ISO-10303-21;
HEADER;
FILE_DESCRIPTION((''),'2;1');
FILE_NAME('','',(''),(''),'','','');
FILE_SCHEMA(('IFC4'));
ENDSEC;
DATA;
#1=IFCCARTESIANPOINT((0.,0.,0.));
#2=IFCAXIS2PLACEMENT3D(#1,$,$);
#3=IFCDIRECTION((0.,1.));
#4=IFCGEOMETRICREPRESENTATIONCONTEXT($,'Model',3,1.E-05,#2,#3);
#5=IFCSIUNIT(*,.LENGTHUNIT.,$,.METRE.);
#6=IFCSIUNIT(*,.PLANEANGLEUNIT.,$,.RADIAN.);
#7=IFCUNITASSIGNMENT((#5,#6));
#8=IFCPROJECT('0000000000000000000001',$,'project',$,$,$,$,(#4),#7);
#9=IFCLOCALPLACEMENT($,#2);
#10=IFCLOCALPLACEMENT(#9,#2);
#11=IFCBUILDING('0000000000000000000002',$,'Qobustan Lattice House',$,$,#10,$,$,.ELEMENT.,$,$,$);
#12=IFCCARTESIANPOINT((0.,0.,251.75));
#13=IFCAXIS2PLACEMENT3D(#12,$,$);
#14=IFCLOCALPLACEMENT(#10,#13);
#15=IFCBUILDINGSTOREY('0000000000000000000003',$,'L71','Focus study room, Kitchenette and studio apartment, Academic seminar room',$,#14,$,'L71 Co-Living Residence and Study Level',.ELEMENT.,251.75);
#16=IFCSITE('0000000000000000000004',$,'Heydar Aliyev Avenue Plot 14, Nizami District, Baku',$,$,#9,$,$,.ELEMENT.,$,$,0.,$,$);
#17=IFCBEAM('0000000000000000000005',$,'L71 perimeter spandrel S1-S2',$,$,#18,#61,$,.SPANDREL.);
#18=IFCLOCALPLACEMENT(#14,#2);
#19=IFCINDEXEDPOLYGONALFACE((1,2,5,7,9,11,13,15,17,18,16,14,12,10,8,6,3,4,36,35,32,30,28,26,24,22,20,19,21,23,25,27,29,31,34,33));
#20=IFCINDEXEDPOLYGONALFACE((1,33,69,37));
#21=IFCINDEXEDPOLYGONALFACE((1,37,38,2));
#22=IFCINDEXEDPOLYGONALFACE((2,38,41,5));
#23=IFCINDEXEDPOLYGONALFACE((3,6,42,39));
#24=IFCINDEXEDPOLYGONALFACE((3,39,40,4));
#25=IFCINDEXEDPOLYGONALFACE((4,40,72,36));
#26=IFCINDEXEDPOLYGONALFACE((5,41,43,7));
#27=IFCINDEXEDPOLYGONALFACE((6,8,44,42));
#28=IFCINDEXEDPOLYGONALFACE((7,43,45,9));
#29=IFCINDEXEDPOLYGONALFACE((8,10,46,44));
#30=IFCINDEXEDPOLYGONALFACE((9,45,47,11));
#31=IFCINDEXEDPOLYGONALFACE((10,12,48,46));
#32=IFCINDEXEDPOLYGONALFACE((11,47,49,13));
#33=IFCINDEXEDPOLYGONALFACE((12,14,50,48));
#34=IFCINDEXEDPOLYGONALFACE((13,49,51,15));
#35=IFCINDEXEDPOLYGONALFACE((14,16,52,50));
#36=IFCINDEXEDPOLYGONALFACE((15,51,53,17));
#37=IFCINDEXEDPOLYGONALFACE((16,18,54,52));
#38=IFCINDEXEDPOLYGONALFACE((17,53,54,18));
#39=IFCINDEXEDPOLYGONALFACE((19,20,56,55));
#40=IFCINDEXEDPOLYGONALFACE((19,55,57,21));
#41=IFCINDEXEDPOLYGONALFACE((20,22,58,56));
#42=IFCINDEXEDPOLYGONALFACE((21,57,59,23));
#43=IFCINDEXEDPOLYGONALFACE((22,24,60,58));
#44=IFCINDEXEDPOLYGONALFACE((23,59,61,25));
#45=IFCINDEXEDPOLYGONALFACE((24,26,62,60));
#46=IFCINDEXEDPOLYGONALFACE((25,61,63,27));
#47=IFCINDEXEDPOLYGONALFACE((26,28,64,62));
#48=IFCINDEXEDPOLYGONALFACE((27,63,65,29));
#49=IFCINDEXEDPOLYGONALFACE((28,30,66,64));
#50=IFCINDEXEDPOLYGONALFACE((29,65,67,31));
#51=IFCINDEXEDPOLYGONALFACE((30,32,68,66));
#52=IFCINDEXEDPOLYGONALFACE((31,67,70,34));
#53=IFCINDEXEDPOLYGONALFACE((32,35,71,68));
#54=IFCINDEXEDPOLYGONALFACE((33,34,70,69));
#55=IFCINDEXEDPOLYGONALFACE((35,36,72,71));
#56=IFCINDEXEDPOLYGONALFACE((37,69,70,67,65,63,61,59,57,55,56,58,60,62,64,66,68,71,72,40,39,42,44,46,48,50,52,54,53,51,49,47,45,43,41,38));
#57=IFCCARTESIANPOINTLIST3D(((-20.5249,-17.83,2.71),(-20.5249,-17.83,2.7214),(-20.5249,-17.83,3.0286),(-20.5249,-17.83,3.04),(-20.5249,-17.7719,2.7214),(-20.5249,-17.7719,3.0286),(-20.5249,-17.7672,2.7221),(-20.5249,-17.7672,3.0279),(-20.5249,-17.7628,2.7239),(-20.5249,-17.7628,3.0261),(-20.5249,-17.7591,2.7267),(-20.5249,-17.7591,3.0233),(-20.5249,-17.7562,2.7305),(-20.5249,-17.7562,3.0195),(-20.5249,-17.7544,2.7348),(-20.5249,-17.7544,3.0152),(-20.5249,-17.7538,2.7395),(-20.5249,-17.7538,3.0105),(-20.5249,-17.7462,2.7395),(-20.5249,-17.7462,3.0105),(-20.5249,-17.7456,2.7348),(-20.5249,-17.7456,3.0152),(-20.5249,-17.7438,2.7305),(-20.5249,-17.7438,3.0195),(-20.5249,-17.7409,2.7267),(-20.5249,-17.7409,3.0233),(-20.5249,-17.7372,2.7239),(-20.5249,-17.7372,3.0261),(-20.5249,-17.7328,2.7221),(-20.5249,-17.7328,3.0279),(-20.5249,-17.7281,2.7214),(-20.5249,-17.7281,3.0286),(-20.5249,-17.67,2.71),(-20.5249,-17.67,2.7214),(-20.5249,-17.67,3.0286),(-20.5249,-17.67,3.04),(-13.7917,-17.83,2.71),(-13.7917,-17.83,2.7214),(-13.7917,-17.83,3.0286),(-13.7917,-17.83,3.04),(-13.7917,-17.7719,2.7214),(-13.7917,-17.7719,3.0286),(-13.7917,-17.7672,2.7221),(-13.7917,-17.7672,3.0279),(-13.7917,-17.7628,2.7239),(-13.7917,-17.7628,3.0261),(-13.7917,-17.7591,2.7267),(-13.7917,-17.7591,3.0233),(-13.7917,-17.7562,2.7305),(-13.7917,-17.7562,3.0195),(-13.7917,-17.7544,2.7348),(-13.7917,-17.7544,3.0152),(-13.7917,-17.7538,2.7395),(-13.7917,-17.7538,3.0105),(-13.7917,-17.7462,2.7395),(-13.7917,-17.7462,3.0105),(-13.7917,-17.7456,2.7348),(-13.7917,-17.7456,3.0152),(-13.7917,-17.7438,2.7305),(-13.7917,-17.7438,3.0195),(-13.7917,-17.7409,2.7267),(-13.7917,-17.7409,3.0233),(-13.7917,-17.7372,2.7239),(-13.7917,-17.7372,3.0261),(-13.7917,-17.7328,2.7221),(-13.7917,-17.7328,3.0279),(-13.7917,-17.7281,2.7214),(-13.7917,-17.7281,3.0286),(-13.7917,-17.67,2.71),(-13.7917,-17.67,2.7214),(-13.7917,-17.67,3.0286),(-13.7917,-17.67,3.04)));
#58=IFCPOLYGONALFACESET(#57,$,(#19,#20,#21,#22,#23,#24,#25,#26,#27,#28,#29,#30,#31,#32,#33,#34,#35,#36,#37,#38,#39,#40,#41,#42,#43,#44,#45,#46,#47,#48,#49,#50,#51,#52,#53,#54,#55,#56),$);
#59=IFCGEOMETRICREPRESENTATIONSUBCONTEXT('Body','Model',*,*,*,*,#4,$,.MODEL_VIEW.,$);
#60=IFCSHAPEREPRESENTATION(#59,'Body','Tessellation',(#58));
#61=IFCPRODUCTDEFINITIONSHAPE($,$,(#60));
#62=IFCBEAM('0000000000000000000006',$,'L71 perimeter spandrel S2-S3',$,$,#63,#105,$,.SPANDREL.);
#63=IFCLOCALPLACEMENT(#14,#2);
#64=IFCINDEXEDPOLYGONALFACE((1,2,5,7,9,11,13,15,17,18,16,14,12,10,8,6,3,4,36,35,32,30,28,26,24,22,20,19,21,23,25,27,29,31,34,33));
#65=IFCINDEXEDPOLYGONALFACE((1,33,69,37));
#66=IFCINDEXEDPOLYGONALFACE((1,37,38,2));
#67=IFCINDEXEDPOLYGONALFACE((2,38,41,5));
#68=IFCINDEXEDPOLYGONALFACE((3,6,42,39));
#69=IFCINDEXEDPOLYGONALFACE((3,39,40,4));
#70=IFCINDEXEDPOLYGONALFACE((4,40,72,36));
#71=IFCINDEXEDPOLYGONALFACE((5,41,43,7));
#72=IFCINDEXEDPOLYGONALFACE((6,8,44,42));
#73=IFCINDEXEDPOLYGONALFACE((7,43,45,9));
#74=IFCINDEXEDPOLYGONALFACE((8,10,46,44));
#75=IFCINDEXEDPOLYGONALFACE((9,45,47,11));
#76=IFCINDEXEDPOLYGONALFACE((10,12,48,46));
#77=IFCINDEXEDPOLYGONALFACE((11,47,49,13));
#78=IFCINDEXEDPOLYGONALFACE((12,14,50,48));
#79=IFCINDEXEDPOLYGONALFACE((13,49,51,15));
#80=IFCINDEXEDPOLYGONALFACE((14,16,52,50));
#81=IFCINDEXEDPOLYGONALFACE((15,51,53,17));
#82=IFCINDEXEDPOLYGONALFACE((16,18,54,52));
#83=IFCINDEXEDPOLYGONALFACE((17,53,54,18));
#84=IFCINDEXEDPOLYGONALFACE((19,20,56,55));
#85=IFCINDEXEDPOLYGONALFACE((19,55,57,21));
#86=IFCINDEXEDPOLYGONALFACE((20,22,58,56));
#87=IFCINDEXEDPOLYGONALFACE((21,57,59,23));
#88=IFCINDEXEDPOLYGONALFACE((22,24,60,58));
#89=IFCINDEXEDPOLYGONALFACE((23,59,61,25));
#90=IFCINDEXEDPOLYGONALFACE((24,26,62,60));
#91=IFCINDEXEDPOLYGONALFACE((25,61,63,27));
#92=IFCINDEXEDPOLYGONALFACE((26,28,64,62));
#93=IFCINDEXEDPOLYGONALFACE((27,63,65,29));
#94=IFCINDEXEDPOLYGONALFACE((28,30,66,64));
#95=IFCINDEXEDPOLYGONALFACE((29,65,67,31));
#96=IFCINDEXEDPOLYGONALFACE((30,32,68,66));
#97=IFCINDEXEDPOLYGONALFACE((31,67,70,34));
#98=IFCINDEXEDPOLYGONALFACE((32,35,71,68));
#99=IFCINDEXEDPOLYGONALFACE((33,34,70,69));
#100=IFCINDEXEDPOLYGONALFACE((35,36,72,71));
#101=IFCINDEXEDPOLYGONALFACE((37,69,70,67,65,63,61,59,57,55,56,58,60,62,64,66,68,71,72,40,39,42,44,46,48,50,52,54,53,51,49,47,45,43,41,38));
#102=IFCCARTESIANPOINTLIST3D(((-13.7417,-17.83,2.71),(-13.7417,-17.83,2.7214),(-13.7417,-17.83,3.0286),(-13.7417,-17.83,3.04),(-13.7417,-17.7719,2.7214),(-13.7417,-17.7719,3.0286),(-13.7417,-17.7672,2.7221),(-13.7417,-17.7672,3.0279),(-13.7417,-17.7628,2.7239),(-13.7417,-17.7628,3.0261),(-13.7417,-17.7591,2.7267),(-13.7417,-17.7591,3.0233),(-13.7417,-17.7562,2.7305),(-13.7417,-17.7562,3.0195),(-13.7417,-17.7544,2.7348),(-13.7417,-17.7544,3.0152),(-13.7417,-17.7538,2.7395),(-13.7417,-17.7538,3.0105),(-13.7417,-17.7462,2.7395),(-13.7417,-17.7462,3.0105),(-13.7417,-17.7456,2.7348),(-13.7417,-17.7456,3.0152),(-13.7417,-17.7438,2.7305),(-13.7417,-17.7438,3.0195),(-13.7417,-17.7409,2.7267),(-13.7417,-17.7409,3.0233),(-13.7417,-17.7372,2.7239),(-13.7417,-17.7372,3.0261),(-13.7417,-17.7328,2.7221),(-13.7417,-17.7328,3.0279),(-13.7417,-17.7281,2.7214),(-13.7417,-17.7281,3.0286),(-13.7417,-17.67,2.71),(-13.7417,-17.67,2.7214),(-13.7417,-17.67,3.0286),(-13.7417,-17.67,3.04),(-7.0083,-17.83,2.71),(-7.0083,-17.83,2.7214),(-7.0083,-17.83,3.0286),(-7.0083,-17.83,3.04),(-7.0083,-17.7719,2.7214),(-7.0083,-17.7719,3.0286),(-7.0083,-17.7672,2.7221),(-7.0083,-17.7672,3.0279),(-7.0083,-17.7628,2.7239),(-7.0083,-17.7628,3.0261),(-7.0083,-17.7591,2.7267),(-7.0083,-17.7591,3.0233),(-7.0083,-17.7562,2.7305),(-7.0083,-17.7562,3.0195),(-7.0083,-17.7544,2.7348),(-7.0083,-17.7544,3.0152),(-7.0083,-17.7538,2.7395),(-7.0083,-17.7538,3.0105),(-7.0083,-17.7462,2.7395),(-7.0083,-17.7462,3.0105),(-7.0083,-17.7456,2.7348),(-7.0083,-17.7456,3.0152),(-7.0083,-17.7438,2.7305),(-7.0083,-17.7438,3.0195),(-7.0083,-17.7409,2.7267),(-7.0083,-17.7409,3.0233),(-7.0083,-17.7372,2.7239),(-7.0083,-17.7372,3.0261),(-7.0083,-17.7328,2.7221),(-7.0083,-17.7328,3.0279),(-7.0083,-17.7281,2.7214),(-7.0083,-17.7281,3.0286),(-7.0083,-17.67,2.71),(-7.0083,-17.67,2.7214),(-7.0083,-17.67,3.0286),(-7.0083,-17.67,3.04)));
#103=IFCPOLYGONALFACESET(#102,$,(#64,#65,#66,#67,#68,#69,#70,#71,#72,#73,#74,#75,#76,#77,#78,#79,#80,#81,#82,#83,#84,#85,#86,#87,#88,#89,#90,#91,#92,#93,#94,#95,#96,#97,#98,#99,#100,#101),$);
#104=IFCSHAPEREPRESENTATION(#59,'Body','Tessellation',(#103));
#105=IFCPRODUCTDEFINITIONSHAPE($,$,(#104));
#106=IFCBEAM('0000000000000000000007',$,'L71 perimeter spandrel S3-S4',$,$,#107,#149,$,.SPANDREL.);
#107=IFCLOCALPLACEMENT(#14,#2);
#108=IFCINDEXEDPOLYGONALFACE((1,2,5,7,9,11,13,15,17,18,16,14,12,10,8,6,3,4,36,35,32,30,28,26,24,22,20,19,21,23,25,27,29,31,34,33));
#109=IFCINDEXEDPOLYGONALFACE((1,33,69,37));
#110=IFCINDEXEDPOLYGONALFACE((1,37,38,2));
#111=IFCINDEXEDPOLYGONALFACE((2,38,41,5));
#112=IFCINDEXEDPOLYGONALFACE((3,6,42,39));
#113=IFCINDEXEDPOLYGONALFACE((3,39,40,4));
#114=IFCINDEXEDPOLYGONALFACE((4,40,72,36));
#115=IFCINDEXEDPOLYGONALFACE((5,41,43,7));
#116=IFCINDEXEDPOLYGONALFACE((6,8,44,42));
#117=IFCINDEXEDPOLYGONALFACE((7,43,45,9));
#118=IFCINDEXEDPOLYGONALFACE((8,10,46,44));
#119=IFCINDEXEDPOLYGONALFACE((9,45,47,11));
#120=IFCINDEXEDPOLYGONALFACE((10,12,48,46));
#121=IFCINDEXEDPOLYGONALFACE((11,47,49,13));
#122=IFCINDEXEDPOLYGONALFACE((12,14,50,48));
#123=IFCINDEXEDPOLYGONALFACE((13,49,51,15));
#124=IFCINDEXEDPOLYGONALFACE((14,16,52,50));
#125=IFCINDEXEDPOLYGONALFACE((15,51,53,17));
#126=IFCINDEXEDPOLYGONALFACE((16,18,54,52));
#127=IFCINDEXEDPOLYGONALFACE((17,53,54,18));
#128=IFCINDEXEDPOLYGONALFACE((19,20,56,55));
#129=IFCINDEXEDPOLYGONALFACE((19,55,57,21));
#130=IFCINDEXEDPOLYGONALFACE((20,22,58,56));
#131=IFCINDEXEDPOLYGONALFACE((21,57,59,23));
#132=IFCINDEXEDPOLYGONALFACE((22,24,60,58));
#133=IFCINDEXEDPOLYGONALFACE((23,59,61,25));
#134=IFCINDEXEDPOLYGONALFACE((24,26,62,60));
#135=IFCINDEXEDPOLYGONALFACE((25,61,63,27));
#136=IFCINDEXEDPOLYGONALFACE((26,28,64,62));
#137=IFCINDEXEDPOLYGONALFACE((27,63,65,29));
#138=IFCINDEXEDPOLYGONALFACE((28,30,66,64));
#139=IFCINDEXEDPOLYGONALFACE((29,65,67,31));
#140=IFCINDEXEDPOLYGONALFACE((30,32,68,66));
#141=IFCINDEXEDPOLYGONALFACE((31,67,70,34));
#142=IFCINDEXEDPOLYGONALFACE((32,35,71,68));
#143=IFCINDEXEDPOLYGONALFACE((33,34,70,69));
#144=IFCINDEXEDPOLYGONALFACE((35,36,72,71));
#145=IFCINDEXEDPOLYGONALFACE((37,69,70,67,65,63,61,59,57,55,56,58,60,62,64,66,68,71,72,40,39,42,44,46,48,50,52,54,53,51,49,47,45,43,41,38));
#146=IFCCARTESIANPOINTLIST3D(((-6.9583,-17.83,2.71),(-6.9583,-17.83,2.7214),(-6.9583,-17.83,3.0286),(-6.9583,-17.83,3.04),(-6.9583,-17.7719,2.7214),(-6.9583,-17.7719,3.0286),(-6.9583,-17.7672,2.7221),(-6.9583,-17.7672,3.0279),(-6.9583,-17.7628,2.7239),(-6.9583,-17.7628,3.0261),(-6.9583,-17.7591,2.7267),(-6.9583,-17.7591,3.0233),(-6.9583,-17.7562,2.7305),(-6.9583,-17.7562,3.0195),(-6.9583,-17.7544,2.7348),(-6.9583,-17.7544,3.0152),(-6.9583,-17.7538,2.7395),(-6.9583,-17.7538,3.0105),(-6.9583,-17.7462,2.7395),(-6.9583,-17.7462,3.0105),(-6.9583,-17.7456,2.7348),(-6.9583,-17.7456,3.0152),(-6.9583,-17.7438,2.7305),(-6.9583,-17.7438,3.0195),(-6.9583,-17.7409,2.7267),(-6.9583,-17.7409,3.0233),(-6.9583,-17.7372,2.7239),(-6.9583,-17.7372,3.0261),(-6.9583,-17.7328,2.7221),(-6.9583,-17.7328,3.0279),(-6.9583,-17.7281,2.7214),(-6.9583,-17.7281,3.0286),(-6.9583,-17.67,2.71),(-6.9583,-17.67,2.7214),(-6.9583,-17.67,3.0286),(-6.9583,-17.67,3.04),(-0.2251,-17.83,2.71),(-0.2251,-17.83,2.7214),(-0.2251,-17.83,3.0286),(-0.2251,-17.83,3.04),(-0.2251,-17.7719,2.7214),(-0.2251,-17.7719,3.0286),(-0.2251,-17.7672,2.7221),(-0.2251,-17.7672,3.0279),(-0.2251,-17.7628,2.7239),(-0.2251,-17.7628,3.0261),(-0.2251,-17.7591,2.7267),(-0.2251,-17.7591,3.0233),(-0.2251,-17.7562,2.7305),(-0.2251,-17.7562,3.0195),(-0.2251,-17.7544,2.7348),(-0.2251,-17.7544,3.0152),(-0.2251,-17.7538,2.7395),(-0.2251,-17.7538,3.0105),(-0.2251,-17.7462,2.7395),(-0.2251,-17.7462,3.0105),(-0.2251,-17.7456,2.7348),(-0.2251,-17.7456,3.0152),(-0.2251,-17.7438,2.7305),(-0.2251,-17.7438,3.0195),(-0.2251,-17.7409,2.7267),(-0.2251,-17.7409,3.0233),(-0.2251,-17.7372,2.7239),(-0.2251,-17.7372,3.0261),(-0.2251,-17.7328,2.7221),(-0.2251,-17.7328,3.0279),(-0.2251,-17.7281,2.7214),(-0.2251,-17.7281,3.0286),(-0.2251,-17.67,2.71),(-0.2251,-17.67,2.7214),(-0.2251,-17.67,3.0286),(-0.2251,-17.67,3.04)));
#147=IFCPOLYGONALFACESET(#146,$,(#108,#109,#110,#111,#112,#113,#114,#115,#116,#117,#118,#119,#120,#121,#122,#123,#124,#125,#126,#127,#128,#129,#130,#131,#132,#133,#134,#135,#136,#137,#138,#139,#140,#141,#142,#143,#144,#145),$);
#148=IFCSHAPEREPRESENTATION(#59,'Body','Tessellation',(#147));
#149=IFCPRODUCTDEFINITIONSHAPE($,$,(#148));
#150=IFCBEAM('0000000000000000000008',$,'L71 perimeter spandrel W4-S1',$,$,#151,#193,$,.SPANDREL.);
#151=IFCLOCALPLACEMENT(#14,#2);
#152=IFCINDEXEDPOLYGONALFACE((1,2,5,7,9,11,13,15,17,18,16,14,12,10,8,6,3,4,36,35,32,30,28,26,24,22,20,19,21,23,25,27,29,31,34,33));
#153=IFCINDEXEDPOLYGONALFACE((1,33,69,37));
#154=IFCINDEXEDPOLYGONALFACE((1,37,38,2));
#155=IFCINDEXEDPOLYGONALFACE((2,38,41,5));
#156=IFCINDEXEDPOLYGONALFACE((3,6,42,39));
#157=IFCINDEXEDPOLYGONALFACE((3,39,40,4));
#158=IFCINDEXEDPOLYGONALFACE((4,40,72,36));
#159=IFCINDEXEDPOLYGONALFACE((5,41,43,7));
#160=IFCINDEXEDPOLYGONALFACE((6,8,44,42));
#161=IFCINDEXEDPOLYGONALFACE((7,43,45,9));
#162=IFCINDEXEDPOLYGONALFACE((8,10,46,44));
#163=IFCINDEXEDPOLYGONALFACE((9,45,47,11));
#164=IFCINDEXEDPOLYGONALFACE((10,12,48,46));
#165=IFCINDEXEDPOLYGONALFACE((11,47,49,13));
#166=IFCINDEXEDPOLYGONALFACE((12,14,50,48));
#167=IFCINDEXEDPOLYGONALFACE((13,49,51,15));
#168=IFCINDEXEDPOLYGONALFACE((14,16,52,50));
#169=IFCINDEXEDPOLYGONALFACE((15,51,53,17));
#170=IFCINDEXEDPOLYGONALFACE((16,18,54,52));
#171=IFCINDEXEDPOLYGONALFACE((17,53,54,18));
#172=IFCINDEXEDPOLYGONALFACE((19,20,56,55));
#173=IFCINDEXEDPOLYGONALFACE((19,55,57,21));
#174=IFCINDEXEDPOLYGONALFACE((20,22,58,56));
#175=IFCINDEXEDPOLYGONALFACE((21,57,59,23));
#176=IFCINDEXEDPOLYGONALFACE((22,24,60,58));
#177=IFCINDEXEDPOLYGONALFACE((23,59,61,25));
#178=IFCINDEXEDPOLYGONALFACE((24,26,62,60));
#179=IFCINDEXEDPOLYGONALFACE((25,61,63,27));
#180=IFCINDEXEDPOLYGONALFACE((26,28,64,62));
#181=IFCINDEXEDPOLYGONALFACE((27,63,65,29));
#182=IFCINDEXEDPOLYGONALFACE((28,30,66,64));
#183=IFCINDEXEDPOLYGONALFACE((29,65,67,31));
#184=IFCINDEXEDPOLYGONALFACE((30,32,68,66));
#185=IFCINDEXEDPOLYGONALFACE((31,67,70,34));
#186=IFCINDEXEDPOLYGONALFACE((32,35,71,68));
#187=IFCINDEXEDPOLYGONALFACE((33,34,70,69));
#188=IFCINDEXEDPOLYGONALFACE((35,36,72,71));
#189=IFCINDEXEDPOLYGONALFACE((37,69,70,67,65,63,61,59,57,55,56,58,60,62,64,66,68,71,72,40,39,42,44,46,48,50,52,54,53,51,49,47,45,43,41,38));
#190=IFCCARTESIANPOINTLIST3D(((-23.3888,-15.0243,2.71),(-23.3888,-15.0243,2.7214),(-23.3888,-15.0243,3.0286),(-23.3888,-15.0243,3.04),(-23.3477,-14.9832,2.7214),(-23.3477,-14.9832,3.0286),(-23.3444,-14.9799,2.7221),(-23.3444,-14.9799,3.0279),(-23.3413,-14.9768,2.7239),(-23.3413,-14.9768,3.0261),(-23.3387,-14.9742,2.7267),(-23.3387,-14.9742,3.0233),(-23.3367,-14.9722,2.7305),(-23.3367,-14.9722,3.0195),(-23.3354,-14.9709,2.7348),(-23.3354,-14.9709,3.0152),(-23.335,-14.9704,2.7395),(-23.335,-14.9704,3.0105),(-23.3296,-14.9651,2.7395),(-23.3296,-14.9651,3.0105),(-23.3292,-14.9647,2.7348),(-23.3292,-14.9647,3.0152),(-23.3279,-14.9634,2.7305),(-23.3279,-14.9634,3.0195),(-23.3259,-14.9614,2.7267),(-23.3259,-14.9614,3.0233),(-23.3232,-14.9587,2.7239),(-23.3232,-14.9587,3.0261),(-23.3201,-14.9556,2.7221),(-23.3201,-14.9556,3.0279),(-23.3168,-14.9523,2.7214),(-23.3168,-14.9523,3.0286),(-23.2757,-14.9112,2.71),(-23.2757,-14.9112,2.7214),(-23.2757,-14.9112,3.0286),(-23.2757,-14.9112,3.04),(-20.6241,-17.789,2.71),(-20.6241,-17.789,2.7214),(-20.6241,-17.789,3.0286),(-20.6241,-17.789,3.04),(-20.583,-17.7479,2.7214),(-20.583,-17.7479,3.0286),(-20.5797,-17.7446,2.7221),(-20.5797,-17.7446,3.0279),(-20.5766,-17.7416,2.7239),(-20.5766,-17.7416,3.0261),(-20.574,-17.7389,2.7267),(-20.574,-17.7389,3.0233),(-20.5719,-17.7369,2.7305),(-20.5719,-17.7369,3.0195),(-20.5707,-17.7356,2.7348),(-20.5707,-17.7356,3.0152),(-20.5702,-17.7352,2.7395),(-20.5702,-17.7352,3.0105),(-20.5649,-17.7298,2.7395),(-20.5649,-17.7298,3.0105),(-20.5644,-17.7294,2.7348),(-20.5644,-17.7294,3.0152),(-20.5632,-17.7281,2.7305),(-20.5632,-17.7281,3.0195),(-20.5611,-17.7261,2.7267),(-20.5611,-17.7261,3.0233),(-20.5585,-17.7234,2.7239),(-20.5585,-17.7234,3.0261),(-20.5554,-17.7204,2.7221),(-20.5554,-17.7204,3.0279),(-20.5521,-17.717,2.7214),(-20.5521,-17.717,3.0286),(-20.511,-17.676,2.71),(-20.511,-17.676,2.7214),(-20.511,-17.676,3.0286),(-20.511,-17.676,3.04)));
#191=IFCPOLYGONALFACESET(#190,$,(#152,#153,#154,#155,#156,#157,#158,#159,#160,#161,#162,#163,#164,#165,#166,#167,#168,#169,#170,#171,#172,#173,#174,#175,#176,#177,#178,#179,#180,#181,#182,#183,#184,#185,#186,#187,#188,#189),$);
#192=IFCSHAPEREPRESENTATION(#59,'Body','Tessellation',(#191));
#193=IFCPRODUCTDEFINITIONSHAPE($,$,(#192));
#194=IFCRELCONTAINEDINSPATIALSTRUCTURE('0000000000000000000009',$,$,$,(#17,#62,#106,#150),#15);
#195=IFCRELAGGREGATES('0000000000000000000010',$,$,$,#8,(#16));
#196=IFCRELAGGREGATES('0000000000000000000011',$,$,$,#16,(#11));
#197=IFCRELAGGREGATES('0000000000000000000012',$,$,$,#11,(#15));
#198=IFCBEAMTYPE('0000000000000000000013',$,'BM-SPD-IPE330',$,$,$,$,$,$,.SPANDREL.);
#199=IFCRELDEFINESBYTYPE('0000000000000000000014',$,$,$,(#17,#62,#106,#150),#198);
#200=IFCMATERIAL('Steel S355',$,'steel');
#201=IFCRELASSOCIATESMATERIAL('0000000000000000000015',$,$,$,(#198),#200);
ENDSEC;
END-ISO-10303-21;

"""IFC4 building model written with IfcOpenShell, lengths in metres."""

from ifc_helpers import new_model, si_unit, direction, frame, origin, origin_2d, place, context, subcontext, project, spatial, i_section, extrude, material, material_profile, profile_set, type_object, element, save


model = new_model("IFC4")

# Units and contexts
model_context = context("Model", 3, precision=1e-05, world=origin(), true_north=direction((0.0, 1.0)))
body_context = subcontext(model_context, "Body", "Model", "MODEL_VIEW")
ifc_project = project(units=[si_unit("LENGTHUNIT", "METRE"), si_unit("PLANEANGLEUNIT", "RADIAN")], contexts=[model_context])

# Site, building, storey
site_placement = place(None, origin())
site = spatial("IfcSite", under=ifc_project, at=site_placement, Name="Heydar Aliyev Avenue Plot 14, Nizami District, Baku", CompositionType="ELEMENT", RefElevation=0.0)
building_placement = place(site_placement, origin())
building = spatial("IfcBuilding", under=site, at=building_placement, Name="Qobustan Lattice House", CompositionType="ELEMENT")
storey_placement = place(building_placement, frame((0.0, 0.0, 251.75)))
storey = spatial("IfcBuildingStorey", under=building, at=storey_placement, Name="L71", Description="Focus study room, Kitchenette and studio apartment, Academic seminar room", LongName="L71 Co-Living Residence and Study Level", CompositionType="ELEMENT", Elevation=251.75)

# Beams
ifc_material_1 = material(Name="Steel S355", Category="steel")
ifc_material_profile_1 = material_profile(ifc_material_1, i_section(OverallWidth=0.1599, OverallDepth=0.3301, WebThickness=0.0076, FlangeThickness=0.0115, FilletRadius=0.0181, at=origin_2d()), Name="IPE330")
ifc_profile_set_1 = profile_set([ifc_material_profile_1], Name="Steel S355")
beam_type_1 = type_object("IfcBeamType", Name="BM-SPD-IPE330", PredefinedType="SPANDREL", material=ifc_profile_set_1)
beam_1_placement = place(storey_placement, frame((-20.5249, -17.75, 2.875), z_axis=(1.0, 0.0, 0.0), x_axis=(0.0, 1.0, 0.0)))
element("IfcBeam", 1, at=beam_1_placement, inside=storey, type_object=beam_type_1, Name="L71 perimeter spandrel S1-S2", PredefinedType="SPANDREL", context=body_context, shape_type="SweptSolid", body=[
    extrude(i_section(OverallWidth=0.1599, OverallDepth=0.3301, WebThickness=0.0076, FlangeThickness=0.0115, FilletRadius=0.0181, at=origin_2d()), origin(), (0.0, 0.0, 1.0), 6.7332),
])
beam_2_placement = place(storey_placement, frame((-13.7417, -17.75, 2.875), z_axis=(1.0, 0.0, 0.0), x_axis=(0.0, 1.0, 0.0)))
element("IfcBeam", 2, at=beam_2_placement, inside=storey, type_object=beam_type_1, Name="L71 perimeter spandrel S2-S3", PredefinedType="SPANDREL", context=body_context, shape_type="SweptSolid", body=[
    extrude(i_section(OverallWidth=0.1599, OverallDepth=0.3301, WebThickness=0.0076, FlangeThickness=0.0115, FilletRadius=0.0181, at=origin_2d()), origin(), (0.0, 0.0, 1.0), 6.7334),
])
beam_3_placement = place(storey_placement, frame((-6.9583, -17.75, 2.875), z_axis=(1.0, 0.0, 0.0), x_axis=(0.0, 1.0, 0.0)))
element("IfcBeam", 3, at=beam_3_placement, inside=storey, type_object=beam_type_1, Name="L71 perimeter spandrel S3-S4", PredefinedType="SPANDREL", context=body_context, shape_type="SweptSolid", body=[
    extrude(i_section(OverallWidth=0.1599, OverallDepth=0.3301, WebThickness=0.0076, FlangeThickness=0.0115, FilletRadius=0.0181, at=origin_2d()), origin(), (0.0, 0.0, 1.0), 6.7332),
])
beam_4_placement = place(storey_placement, frame((-23.3323, -14.9678, 2.875), z_axis=(0.707107, -0.707107, 0.0), x_axis=(0.707107, 0.707107, 0.0)))
element("IfcBeam", 4, at=beam_4_placement, inside=storey, type_object=beam_type_1, Name="L71 perimeter spandrel W4-S1", PredefinedType="SPANDREL", context=body_context, shape_type="SweptSolid", body=[
    extrude(i_section(OverallWidth=0.1599, OverallDepth=0.3301, WebThickness=0.0076, FlangeThickness=0.0115, FilletRadius=0.0181, at=origin_2d()), origin(), (0.0, 0.0, 1.0), 3.9099),
])

save(model, "model.ifc")
